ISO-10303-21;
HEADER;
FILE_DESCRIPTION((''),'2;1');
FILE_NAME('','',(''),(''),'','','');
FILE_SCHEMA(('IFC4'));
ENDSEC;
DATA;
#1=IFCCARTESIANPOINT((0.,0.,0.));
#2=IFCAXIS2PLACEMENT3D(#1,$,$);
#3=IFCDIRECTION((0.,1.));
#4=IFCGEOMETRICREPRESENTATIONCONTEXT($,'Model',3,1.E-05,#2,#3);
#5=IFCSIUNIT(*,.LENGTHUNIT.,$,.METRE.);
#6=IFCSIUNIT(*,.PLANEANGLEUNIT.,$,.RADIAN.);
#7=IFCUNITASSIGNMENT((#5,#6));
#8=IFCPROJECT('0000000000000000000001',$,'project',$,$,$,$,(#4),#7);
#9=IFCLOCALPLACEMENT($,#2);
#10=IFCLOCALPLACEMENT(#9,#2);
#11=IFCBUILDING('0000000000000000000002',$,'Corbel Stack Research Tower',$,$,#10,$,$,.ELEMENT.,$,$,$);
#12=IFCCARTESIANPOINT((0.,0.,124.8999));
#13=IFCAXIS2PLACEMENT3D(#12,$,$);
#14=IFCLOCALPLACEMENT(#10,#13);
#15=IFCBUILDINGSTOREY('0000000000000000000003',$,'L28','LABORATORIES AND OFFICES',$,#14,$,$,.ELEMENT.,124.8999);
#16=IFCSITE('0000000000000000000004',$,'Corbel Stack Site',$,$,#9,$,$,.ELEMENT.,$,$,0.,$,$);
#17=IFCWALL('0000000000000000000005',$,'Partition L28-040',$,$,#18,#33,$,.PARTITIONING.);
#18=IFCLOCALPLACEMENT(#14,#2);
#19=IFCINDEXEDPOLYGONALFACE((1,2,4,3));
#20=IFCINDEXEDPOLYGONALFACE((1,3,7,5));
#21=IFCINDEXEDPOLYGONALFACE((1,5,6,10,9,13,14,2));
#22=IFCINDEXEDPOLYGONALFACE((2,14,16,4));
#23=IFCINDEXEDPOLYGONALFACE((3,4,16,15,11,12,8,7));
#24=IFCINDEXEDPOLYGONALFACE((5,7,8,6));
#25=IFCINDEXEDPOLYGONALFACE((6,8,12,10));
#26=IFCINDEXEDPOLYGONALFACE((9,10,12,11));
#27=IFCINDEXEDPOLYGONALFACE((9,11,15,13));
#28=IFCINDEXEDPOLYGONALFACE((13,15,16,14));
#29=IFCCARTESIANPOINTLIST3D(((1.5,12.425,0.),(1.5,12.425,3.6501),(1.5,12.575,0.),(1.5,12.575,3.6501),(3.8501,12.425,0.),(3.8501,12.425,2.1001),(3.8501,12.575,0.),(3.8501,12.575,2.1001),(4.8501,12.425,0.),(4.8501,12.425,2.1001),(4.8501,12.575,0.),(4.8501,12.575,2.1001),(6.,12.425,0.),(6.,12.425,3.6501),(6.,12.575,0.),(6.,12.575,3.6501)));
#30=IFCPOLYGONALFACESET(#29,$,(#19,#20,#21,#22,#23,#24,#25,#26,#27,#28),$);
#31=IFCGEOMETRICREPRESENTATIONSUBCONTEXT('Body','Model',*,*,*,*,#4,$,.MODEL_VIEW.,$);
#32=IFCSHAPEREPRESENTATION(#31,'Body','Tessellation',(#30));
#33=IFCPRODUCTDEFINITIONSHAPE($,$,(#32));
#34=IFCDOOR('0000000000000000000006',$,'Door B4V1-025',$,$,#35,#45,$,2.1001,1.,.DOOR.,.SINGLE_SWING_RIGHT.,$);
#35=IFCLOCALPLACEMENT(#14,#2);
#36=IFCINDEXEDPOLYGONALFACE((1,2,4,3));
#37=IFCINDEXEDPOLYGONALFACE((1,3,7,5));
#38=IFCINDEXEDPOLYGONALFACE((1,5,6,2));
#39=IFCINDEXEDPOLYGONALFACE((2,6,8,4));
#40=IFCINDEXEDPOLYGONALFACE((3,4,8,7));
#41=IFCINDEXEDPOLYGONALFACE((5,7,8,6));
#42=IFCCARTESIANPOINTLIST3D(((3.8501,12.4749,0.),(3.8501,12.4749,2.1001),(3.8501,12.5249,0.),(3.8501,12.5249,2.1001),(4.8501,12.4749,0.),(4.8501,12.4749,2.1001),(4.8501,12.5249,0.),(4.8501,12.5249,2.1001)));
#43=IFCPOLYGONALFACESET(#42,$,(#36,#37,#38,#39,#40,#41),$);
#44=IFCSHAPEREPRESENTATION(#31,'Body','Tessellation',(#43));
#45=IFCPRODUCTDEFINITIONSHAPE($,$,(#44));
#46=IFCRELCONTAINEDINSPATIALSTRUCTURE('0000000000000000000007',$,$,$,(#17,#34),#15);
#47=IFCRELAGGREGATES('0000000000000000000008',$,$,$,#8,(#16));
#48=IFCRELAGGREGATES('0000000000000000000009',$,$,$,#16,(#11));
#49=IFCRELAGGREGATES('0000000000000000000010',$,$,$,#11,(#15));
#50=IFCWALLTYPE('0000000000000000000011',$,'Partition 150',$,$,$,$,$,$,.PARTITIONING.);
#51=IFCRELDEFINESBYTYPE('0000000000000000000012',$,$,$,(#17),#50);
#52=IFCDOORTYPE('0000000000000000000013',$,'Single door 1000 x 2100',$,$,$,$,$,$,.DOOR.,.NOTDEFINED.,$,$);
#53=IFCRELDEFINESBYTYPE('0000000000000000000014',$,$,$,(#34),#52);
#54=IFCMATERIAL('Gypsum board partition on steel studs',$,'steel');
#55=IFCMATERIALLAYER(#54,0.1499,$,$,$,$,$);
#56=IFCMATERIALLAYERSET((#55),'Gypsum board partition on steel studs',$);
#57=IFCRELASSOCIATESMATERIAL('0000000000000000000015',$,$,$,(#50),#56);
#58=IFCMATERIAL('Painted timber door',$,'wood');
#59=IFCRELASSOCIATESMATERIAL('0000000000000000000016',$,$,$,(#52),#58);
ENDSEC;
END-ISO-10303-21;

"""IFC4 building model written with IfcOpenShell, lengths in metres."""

from ifc_helpers import new_model, si_unit, direction, frame, frame_2d, origin, place, context, subcontext, project, spatial, rectangle, extrude, material, layer, layer_set, type_object, element, fill, save


model = new_model("IFC4")

# Units and contexts
model_context = context("Model", 3, precision=1e-05, world=origin(), true_north=direction((0.0, 1.0)))
body_context = subcontext(model_context, "Body", "Model", "MODEL_VIEW")
ifc_project = project(units=[si_unit("LENGTHUNIT", "METRE"), si_unit("PLANEANGLEUNIT", "RADIAN")], contexts=[model_context])

# Site, building, storey
site_placement = place(None, origin())
site = spatial("IfcSite", under=ifc_project, at=site_placement, Name="Corbel Stack Site", CompositionType="ELEMENT", RefElevation=0.0)
building_placement = place(site_placement, origin())
building = spatial("IfcBuilding", under=site, at=building_placement, Name="Corbel Stack Research Tower", CompositionType="ELEMENT")
storey_placement = place(building_placement, frame((0.0, 0.0, 124.8999)))
storey = spatial("IfcBuildingStorey", under=building, at=storey_placement, Name="L28", Description="LABORATORIES AND OFFICES", CompositionType="ELEMENT", Elevation=124.8999)

# Shared definitions
ifc_material_1 = material(Name="Gypsum board partition on steel studs", Category="steel")
ifc_layer_1 = layer(ifc_material_1, 0.1499)
ifc_layer_set_1 = layer_set([ifc_layer_1], Name="Gypsum board partition on steel studs")
wall_type_1 = type_object("IfcWallType", Name="Partition 150", PredefinedType="PARTITIONING", material=ifc_layer_set_1)

# Wall, opening, door
wall_1_placement = place(storey_placement, frame((1.5, 12.5, 0.0), z_axis=(0.0, 0.0, 1.0), x_axis=(1.0, 0.0, 0.0)))
wall_1 = element("IfcWall", 1, at=wall_1_placement, inside=storey, type_object=wall_type_1, Name="Partition L28-040", PredefinedType="PARTITIONING", context=body_context, shape_type="SweptSolid", body=[
    extrude(rectangle(XDim=4.5, YDim=0.1499, at=frame_2d((2.25, 0.0))), origin(), (0.0, 0.0, 1.0), 3.6501),
])
opening_1_placement = place(wall_1_placement, frame((2.3501, 0.0, 0.0)))
opening_1 = element("IfcOpeningElement", 2, at=opening_1_placement, cuts=wall_1, PredefinedType="OPENING", context=body_context, shape_type="SweptSolid", body=[
    extrude(rectangle(XDim=1.0, YDim=2.1001, at=frame_2d((0.5, 1.05))), frame((0.0, 0.085, 0.0), z_axis=(0.0, -1.0, 0.0), x_axis=(1.0, 0.0, 0.0)), (0.0, 0.0, 1.0), 0.1699),
])
ifc_material_2 = material(Name="Painted timber door", Category="wood")
door_type_1 = type_object("IfcDoorType", Name="Single door 1000 x 2100", OperationType="NOTDEFINED", PredefinedType="DOOR", material=ifc_material_2)
door_1_placement = place(opening_1_placement, origin())
door_1 = element("IfcDoor", 3, at=door_1_placement, inside=storey, type_object=door_type_1, Name="Door B4V1-025", OperationType="SINGLE_SWING_RIGHT", OverallHeight=2.1001, OverallWidth=1.0, PredefinedType="DOOR", context=body_context, shape_type="SweptSolid", body=[
    extrude(rectangle(XDim=1.0, YDim=2.1001, at=frame_2d((0.5, 1.05))), frame((0.0, 0.0249, 0.0), z_axis=(0.0, -1.0, 0.0), x_axis=(1.0, 0.0, 0.0)), (0.0, 0.0, 1.0), 0.05),
])
fill(opening_1, door_1)

save(model, "model.ifc")
